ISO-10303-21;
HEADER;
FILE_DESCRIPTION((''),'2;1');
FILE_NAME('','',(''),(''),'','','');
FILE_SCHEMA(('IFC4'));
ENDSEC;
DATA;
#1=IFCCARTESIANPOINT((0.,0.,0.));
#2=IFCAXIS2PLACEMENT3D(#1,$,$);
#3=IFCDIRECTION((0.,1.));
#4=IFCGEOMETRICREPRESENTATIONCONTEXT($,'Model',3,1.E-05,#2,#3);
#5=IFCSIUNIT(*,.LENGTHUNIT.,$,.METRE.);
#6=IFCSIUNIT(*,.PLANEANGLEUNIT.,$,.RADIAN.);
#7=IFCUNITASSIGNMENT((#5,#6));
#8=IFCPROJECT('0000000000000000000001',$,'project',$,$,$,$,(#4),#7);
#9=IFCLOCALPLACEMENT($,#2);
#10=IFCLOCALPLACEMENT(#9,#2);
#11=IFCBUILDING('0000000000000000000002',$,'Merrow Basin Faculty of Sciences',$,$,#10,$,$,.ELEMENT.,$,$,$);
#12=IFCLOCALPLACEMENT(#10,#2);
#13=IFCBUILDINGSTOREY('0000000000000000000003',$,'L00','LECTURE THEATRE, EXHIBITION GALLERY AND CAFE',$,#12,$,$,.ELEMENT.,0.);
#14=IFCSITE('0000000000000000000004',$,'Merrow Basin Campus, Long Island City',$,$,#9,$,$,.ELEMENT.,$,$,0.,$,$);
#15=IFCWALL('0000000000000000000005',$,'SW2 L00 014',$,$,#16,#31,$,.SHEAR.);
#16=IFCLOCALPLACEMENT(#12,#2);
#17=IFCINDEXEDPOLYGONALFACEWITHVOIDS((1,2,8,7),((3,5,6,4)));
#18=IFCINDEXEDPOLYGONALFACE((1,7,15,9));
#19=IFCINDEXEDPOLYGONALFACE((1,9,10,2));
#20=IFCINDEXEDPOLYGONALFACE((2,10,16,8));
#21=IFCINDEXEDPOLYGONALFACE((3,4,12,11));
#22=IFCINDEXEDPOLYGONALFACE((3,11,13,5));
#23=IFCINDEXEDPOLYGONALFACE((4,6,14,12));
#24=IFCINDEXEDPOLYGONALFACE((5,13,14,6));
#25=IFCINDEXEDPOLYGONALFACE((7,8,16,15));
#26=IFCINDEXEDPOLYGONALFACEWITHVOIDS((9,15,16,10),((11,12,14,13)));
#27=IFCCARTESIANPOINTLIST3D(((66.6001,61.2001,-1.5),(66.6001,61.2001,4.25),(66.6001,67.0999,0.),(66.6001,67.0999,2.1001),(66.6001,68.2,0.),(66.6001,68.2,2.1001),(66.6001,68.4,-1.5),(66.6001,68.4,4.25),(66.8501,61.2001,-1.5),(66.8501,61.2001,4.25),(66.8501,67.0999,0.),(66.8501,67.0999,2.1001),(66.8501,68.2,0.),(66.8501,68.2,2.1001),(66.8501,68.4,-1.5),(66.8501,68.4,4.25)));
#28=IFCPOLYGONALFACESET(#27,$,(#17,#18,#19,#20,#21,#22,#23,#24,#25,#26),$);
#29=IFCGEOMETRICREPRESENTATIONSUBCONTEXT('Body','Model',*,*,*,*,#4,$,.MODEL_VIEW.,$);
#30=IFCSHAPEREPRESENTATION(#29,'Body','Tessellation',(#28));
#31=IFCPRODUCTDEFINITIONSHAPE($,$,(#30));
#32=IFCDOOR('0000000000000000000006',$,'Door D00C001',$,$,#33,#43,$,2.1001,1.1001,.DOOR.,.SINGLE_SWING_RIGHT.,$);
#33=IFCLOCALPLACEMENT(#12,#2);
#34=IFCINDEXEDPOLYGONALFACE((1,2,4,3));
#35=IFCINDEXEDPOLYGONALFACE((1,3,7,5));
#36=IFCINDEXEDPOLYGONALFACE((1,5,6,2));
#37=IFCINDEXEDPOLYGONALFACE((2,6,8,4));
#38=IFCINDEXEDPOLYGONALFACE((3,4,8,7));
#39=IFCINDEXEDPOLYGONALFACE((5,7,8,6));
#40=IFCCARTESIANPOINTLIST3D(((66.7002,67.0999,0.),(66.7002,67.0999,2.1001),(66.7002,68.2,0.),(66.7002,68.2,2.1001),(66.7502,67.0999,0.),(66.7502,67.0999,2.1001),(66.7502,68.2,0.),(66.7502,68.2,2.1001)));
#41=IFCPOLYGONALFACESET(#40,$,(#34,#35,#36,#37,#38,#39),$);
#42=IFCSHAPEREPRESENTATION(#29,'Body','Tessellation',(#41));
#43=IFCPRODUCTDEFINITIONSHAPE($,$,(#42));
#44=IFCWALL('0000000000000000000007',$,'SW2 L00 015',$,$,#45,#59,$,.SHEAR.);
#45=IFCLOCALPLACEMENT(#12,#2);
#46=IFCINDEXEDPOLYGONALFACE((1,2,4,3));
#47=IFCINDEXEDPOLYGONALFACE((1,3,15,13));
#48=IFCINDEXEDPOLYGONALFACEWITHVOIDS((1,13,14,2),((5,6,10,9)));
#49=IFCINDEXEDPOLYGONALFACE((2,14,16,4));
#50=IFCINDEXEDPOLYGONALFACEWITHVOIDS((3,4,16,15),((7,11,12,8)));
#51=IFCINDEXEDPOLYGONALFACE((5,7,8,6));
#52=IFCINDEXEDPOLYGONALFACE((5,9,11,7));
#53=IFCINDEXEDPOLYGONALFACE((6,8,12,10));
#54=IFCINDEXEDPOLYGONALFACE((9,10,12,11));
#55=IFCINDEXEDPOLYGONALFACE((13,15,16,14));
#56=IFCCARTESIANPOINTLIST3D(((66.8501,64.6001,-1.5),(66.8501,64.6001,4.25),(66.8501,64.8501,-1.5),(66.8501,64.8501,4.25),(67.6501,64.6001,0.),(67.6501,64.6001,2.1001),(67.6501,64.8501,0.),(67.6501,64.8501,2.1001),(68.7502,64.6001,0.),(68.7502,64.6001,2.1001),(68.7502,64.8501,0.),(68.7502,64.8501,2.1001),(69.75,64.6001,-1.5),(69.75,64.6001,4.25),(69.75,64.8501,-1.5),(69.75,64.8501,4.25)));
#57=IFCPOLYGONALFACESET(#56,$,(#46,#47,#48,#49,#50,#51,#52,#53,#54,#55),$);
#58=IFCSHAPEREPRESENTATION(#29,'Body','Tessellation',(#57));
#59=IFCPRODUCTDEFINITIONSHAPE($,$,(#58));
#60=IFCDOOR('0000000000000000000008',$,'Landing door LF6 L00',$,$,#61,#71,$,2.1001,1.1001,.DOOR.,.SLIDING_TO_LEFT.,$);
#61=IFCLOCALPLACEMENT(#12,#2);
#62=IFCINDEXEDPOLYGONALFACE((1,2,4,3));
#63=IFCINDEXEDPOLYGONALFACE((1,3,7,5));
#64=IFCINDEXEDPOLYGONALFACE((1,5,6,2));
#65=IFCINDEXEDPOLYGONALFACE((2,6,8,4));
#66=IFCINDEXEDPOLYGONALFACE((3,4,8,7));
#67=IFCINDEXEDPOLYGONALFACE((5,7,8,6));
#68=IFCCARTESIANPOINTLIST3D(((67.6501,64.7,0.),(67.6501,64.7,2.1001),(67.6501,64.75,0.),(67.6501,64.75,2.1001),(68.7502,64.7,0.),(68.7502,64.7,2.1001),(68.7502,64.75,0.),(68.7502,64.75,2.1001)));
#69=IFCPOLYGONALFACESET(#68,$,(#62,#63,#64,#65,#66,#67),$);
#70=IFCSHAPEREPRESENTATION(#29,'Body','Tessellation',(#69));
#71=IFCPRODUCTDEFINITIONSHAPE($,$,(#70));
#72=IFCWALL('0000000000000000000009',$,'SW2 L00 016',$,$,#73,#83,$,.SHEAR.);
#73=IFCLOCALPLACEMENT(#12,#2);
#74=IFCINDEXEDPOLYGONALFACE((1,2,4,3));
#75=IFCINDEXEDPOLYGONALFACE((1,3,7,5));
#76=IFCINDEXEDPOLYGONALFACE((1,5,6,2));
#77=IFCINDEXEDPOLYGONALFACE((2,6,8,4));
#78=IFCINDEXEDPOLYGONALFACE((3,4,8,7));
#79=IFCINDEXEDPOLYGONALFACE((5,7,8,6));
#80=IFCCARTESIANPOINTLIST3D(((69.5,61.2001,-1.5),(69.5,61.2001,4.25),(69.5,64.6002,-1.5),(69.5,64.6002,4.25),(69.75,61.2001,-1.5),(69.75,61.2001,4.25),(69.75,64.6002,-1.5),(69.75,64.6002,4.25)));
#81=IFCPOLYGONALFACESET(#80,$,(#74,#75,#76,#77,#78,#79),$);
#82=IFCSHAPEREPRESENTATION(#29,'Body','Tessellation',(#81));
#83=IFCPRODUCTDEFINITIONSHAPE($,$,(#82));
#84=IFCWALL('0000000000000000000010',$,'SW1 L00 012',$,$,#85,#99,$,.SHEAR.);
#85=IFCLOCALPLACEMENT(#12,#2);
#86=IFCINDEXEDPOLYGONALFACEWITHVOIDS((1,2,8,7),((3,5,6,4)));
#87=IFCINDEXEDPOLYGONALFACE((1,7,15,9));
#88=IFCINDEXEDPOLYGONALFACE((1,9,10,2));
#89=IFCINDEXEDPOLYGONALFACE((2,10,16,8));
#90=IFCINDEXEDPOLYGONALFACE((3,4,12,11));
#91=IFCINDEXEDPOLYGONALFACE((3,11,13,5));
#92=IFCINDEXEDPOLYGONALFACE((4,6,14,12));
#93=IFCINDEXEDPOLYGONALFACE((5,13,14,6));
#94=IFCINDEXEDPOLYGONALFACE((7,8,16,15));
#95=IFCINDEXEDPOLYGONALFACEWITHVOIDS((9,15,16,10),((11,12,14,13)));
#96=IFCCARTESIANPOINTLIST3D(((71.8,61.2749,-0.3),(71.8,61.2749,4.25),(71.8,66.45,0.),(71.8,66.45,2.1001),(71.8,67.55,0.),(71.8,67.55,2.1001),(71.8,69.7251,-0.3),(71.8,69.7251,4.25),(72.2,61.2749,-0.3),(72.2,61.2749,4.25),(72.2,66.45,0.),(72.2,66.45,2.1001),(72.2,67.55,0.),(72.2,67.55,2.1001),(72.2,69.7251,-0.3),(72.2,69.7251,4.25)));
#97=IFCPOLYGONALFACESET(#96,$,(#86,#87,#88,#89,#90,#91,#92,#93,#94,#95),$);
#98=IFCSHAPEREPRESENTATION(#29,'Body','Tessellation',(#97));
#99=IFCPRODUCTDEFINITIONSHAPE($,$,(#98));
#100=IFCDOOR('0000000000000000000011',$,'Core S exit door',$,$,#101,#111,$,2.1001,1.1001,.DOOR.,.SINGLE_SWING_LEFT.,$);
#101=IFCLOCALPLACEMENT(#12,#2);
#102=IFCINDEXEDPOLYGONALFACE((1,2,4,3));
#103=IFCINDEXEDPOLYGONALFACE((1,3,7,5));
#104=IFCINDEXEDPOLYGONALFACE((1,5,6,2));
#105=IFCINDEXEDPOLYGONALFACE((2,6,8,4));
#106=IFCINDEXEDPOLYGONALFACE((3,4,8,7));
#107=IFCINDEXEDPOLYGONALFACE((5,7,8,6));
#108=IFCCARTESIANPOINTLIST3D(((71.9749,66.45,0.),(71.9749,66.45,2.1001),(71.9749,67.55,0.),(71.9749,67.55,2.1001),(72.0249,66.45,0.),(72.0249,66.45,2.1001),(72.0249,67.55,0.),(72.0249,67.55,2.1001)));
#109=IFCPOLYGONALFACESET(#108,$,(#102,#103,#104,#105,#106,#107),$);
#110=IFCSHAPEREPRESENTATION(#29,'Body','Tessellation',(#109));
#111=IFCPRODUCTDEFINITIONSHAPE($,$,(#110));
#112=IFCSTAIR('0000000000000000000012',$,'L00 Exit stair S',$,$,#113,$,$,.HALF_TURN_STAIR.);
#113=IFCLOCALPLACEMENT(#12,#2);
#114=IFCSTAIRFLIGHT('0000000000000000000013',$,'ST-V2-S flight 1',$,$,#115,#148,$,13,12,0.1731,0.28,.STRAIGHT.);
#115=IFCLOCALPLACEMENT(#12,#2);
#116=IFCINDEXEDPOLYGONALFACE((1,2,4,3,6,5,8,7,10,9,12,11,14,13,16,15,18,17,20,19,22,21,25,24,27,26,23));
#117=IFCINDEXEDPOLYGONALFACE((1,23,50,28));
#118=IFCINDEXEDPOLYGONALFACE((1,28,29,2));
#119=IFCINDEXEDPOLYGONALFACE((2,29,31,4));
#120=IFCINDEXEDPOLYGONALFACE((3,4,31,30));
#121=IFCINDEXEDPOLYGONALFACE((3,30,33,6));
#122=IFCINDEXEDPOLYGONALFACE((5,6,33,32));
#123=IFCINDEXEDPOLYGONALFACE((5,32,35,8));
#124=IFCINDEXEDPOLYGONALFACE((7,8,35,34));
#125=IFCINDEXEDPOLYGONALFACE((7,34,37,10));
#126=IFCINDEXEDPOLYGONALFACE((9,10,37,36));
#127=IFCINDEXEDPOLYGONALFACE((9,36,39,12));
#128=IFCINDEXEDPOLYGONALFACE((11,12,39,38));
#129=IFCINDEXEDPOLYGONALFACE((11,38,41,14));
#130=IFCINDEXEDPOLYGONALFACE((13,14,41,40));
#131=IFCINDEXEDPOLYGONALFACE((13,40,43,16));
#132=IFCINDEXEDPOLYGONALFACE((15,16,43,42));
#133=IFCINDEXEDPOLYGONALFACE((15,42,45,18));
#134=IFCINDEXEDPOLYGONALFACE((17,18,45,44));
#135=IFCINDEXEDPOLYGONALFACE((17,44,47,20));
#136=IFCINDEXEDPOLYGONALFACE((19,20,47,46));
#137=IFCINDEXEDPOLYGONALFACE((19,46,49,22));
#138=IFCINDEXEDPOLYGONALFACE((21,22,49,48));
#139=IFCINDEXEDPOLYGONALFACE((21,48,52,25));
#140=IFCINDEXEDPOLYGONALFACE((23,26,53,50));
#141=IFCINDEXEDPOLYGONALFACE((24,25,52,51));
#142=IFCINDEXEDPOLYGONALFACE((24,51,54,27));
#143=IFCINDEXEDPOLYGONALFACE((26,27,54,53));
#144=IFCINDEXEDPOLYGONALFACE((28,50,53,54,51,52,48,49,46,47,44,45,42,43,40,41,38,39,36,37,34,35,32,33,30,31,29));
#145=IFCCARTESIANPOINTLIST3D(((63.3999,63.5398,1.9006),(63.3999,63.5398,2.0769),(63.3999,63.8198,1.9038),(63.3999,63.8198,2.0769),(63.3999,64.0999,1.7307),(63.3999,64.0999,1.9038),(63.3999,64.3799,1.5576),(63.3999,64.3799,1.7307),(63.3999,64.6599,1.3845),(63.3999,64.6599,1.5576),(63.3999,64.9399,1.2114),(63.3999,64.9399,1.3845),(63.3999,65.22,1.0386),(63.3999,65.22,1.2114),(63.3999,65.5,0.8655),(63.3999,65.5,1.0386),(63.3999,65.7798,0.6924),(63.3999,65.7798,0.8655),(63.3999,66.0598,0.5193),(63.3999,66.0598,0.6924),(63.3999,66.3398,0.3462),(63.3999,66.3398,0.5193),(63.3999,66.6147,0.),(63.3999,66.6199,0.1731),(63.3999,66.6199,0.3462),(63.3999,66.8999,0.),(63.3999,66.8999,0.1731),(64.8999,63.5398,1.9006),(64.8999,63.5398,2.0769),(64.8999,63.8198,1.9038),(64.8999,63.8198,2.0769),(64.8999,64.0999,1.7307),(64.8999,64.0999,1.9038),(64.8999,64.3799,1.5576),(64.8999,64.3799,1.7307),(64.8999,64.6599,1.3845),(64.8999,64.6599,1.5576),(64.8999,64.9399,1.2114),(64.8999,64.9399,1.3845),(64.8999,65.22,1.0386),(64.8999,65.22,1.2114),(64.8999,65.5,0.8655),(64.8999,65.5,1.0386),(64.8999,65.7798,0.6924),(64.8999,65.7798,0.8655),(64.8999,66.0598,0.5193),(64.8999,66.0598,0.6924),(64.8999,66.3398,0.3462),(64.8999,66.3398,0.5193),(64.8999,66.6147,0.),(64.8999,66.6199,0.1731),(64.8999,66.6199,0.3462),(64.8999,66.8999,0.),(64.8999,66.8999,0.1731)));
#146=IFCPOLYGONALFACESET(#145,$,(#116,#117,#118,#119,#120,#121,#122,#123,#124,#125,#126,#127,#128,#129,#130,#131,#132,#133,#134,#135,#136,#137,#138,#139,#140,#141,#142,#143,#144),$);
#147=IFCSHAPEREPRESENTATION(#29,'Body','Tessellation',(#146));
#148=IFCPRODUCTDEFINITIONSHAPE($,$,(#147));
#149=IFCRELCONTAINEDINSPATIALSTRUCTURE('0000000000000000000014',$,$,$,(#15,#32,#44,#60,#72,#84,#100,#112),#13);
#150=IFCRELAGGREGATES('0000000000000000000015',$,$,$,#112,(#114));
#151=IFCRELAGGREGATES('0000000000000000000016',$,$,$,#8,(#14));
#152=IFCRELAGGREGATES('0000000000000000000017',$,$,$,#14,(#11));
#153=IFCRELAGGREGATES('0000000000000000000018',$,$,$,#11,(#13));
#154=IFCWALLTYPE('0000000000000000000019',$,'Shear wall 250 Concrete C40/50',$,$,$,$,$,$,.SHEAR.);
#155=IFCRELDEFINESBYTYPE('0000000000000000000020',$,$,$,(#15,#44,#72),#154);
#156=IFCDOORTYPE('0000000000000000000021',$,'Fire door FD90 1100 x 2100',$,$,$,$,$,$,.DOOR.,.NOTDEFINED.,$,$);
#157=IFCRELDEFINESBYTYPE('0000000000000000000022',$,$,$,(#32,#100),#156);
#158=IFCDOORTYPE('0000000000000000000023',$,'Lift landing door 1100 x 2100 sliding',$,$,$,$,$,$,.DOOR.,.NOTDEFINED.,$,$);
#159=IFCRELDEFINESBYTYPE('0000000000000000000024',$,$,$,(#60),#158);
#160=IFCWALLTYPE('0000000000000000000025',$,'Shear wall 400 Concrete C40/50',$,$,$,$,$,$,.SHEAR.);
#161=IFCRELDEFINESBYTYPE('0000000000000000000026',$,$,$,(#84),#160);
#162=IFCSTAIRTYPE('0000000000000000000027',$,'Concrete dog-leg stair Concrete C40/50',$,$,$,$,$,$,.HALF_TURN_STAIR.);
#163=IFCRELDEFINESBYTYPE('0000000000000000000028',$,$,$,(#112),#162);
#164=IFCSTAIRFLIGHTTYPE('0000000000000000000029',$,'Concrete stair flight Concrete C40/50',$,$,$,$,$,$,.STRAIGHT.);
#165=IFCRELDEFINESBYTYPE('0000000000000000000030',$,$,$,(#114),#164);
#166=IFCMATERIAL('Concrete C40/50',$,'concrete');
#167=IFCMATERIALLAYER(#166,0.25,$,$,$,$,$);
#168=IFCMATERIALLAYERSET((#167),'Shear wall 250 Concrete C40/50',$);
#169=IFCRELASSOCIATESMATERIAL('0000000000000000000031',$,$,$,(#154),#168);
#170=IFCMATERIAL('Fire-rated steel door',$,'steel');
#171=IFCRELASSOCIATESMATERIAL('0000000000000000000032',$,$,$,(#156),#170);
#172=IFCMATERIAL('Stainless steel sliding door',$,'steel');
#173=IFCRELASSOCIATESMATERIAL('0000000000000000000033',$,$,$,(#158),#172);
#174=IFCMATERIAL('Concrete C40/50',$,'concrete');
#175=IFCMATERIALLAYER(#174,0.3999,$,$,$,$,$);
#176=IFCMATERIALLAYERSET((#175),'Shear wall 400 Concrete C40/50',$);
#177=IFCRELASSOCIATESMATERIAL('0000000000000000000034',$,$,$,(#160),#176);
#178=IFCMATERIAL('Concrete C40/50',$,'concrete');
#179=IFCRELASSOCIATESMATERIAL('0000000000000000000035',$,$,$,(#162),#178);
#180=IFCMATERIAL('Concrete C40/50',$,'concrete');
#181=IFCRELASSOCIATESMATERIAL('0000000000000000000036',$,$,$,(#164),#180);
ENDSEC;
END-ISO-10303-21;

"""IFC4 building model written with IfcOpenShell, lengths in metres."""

from ifc_helpers import new_model, si_unit, direction, frame, frame_2d, origin, place, context, subcontext, project, spatial, polyline, rectangle, outline, extrude, material, layer, layer_set, type_object, element, fill, aggregate, save


model = new_model("IFC4")

# Units and contexts
model_context = context("Model", 3, precision=1e-05, world=origin(), true_north=direction((0.0, 1.0)))
body_context = subcontext(model_context, "Body", "Model", "MODEL_VIEW")
ifc_project = project(units=[si_unit("LENGTHUNIT", "METRE"), si_unit("PLANEANGLEUNIT", "RADIAN")], contexts=[model_context])

# Site, building, storey
site_placement = place(None, origin())
site = spatial("IfcSite", under=ifc_project, at=site_placement, Name="Merrow Basin Campus, Long Island City", CompositionType="ELEMENT", RefElevation=0.0)
building_placement = place(site_placement, origin())
building = spatial("IfcBuilding", under=site, at=building_placement, Name="Merrow Basin Faculty of Sciences", CompositionType="ELEMENT")
storey_placement = place(building_placement, origin())
storey = spatial("IfcBuildingStorey", under=building, at=storey_placement, Name="L00", Description="LECTURE THEATRE, EXHIBITION GALLERY AND CAFE", CompositionType="ELEMENT", Elevation=0.0)

# Walls, openings, doors
ifc_material_1 = material(Name="Concrete C40/50", Category="concrete")
ifc_layer_1 = layer(ifc_material_1, 0.25)
ifc_layer_set_1 = layer_set([ifc_layer_1], Name="Shear wall 250 Concrete C40/50")
wall_type_1 = type_object("IfcWallType", Name="Shear wall 250 Concrete C40/50", PredefinedType="SHEAR", material=ifc_layer_set_1)
wall_1_placement = place(storey_placement, frame((66.7251, 61.2, -1.5), z_axis=(0.0, 0.0, 1.0), x_axis=(0.0, 1.0, 0.0)))
wall_1 = element("IfcWall", 1, at=wall_1_placement, inside=storey, type_object=wall_type_1, Name="SW2 L00 014", PredefinedType="SHEAR", context=body_context, shape_type="SweptSolid", body=[
    extrude(rectangle(XDim=7.2, YDim=0.25, at=frame_2d((3.6001, 0.0))), origin(), (0.0, 0.0, 1.0), 5.75),
])
opening_1_placement = place(wall_1_placement, frame((5.8999, 0.0, 1.5)))
opening_1 = element("IfcOpeningElement", 2, at=opening_1_placement, cuts=wall_1, PredefinedType="OPENING", context=body_context, shape_type="SweptSolid", body=[
    extrude(rectangle(XDim=1.1001, YDim=2.1001, at=frame_2d((0.55, 1.05))), frame((0.0, 0.135, 0.0), z_axis=(0.0, -1.0, 0.0), x_axis=(1.0, 0.0, 0.0)), (0.0, 0.0, 1.0), 0.27),
])
ifc_material_2 = material(Name="Fire-rated steel door", Category="steel")
door_type_1 = type_object("IfcDoorType", Name="Fire door FD90 1100 x 2100", OperationType="NOTDEFINED", PredefinedType="DOOR", material=ifc_material_2)
door_1_placement = place(opening_1_placement, origin())
door_1 = element("IfcDoor", 3, at=door_1_placement, inside=storey, type_object=door_type_1, Name="Door D00C001", OperationType="SINGLE_SWING_RIGHT", OverallHeight=2.1001, OverallWidth=1.1001, PredefinedType="DOOR", context=body_context, shape_type="SweptSolid", body=[
    extrude(rectangle(XDim=1.1001, YDim=2.1001, at=frame_2d((0.55, 1.05))), frame((0.0, 0.0249, 0.0), z_axis=(0.0, -1.0, 0.0), x_axis=(1.0, 0.0, 0.0)), (0.0, 0.0, 1.0), 0.05),
])
fill(opening_1, door_1)
wall_2_placement = place(storey_placement, frame((66.8501, 64.7251, -1.5), z_axis=(0.0, 0.0, 1.0), x_axis=(1.0, 0.0, 0.0)))
wall_2 = element("IfcWall", 4, at=wall_2_placement, inside=storey, type_object=wall_type_1, Name="SW2 L00 015", PredefinedType="SHEAR", context=body_context, shape_type="SweptSolid", body=[
    extrude(rectangle(XDim=2.8999, YDim=0.25, at=frame_2d((1.45, 0.0))), origin(), (0.0, 0.0, 1.0), 5.75),
])
opening_2_placement = place(wall_2_placement, frame((0.8, 0.0, 1.5)))
opening_2 = element("IfcOpeningElement", 5, at=opening_2_placement, cuts=wall_2, PredefinedType="OPENING", context=body_context, shape_type="SweptSolid", body=[
    extrude(rectangle(XDim=1.1001, YDim=2.1001, at=frame_2d((0.55, 1.05))), frame((0.0, 0.135, 0.0), z_axis=(0.0, -1.0, 0.0), x_axis=(1.0, 0.0, 0.0)), (0.0, 0.0, 1.0), 0.27),
])
ifc_material_3 = material(Name="Stainless steel sliding door", Category="steel")
door_type_2 = type_object("IfcDoorType", Name="Lift landing door 1100 x 2100 sliding", OperationType="NOTDEFINED", PredefinedType="DOOR", material=ifc_material_3)
door_2_placement = place(opening_2_placement, origin())
door_2 = element("IfcDoor", 6, at=door_2_placement, inside=storey, type_object=door_type_2, Name="Landing door LF6 L00", OperationType="SLIDING_TO_LEFT", OverallHeight=2.1001, OverallWidth=1.1001, PredefinedType="DOOR", context=body_context, shape_type="SweptSolid", body=[
    extrude(rectangle(XDim=1.1001, YDim=2.1001, at=frame_2d((0.55, 1.05))), frame((0.0, 0.0249, 0.0), z_axis=(0.0, -1.0, 0.0), x_axis=(1.0, 0.0, 0.0)), (0.0, 0.0, 1.0), 0.05),
])
fill(opening_2, door_2)

# Wall
wall_3_placement = place(storey_placement, frame((69.625, 61.2, -1.5), z_axis=(0.0, 0.0, 1.0), x_axis=(0.0, 1.0, 0.0)))
element("IfcWall", 7, at=wall_3_placement, inside=storey, type_object=wall_type_1, Name="SW2 L00 016", PredefinedType="SHEAR", context=body_context, shape_type="SweptSolid", body=[
    extrude(rectangle(XDim=3.4001, YDim=0.25, at=frame_2d((1.7002, 0.0))), origin(), (0.0, 0.0, 1.0), 5.75),
])

# Wall, opening, door
ifc_material_4 = material(Name="Concrete C40/50", Category="concrete")
ifc_layer_2 = layer(ifc_material_4, 0.3999)
ifc_layer_set_2 = layer_set([ifc_layer_2], Name="Shear wall 400 Concrete C40/50")
wall_type_2 = type_object("IfcWallType", Name="Shear wall 400 Concrete C40/50", PredefinedType="SHEAR", material=ifc_layer_set_2)
wall_4_placement = place(storey_placement, frame((72.0, 61.2749, -0.3), z_axis=(0.0, 0.0, 1.0), x_axis=(0.0, 1.0, 0.0)))
wall_4 = element("IfcWall", 8, at=wall_4_placement, inside=storey, type_object=wall_type_2, Name="SW1 L00 012", PredefinedType="SHEAR", context=body_context, shape_type="SweptSolid", body=[
    extrude(rectangle(XDim=8.4502, YDim=0.3999, at=frame_2d((4.2251, 0.0))), origin(), (0.0, 0.0, 1.0), 4.55),
])
opening_3_placement = place(wall_4_placement, frame((5.175, 0.0, 0.3)))
opening_3 = element("IfcOpeningElement", 9, at=opening_3_placement, cuts=wall_4, PredefinedType="OPENING", context=body_context, shape_type="SweptSolid", body=[
    extrude(rectangle(XDim=1.1001, YDim=2.1001, at=frame_2d((0.55, 1.05))), frame((0.0, 0.21, 0.0), z_axis=(0.0, -1.0, 0.0), x_axis=(1.0, 0.0, 0.0)), (0.0, 0.0, 1.0), 0.4199),
])
door_3_placement = place(opening_3_placement, frame((1.1001, 0.0, 0.0), z_axis=(0.0, 0.0, 1.0), x_axis=(-1.0, 0.0, 0.0)))
door_3 = element("IfcDoor", 10, at=door_3_placement, inside=storey, type_object=door_type_1, Name="Core S exit door", OperationType="SINGLE_SWING_LEFT", OverallHeight=2.1001, OverallWidth=1.1001, PredefinedType="DOOR", context=body_context, shape_type="SweptSolid", body=[
    extrude(rectangle(XDim=1.1001, YDim=2.1001, at=frame_2d((0.55, 1.05))), frame((0.0, 0.0249, 0.0), z_axis=(0.0, -1.0, 0.0), x_axis=(1.0, 0.0, 0.0)), (0.0, 0.0, 1.0), 0.05),
])
fill(opening_3, door_3)

# Stair, stair flight
ifc_material_5 = material(Name="Concrete C40/50", Category="concrete")
stair_type = type_object("IfcStairType", Name="Concrete dog-leg stair Concrete C40/50", PredefinedType="HALF_TURN_STAIR", material=ifc_material_5)
stair_placement = place(storey_placement, origin())
stair = element("IfcStair", 11, at=stair_placement, inside=storey, type_object=stair_type, Name="L00 Exit stair S", PredefinedType="HALF_TURN_STAIR")
ifc_material_6 = material(Name="Concrete C40/50", Category="concrete")
stair_flight_type = type_object("IfcStairFlightType", Name="Concrete stair flight Concrete C40/50", PredefinedType="STRAIGHT", material=ifc_material_6)
stair_flight_1_placement = place(storey_placement, frame((64.1499, 66.8999, 0.0), z_axis=(0.0, 0.0, 1.0), x_axis=(0.0, -1.0, 0.0)))
stair_flight_1 = element("IfcStairFlight", 12, at=stair_flight_1_placement, type_object=stair_flight_type, Name="ST-V2-S flight 1", NumberOfRisers=13, NumberOfTreads=12, PredefinedType="STRAIGHT", RiserHeight=0.1731, TreadLength=0.28, context=body_context, shape_type="SweptSolid", body=[
    extrude(outline(polyline([(0.0, 0.0), (0.0, 0.1731), (0.28, 0.1731), (0.28, 0.3462), (0.5601, 0.3462), (0.5601, 0.5193), (0.8401, 0.5193), (0.8401, 0.6924), (1.1201, 0.6924), (1.1201, 0.8655), (1.3999, 0.8655), (1.3999, 1.0386), (1.6799, 1.0386), (1.6799, 1.2114), (1.96, 1.2114), (1.96, 1.3845), (2.24, 1.3845), (2.24, 1.5576), (2.52, 1.5576), (2.52, 1.7307), (2.8, 1.7307), (2.8, 1.9038), (3.0801, 1.9038), (3.0801, 2.0769), (3.3601, 2.0769), (3.3601, 2.25), (3.3601, 1.9006), (0.2852, 0.0), (0.0, 0.0)])), frame((0.0, 0.75, 0.0), z_axis=(0.0, -1.0, 0.0), x_axis=(1.0, 0.0, 0.0)), (0.0, 0.0, 1.0), 1.5),
])
aggregate(stair, [stair_flight_1])

save(model, "model.ifc")
